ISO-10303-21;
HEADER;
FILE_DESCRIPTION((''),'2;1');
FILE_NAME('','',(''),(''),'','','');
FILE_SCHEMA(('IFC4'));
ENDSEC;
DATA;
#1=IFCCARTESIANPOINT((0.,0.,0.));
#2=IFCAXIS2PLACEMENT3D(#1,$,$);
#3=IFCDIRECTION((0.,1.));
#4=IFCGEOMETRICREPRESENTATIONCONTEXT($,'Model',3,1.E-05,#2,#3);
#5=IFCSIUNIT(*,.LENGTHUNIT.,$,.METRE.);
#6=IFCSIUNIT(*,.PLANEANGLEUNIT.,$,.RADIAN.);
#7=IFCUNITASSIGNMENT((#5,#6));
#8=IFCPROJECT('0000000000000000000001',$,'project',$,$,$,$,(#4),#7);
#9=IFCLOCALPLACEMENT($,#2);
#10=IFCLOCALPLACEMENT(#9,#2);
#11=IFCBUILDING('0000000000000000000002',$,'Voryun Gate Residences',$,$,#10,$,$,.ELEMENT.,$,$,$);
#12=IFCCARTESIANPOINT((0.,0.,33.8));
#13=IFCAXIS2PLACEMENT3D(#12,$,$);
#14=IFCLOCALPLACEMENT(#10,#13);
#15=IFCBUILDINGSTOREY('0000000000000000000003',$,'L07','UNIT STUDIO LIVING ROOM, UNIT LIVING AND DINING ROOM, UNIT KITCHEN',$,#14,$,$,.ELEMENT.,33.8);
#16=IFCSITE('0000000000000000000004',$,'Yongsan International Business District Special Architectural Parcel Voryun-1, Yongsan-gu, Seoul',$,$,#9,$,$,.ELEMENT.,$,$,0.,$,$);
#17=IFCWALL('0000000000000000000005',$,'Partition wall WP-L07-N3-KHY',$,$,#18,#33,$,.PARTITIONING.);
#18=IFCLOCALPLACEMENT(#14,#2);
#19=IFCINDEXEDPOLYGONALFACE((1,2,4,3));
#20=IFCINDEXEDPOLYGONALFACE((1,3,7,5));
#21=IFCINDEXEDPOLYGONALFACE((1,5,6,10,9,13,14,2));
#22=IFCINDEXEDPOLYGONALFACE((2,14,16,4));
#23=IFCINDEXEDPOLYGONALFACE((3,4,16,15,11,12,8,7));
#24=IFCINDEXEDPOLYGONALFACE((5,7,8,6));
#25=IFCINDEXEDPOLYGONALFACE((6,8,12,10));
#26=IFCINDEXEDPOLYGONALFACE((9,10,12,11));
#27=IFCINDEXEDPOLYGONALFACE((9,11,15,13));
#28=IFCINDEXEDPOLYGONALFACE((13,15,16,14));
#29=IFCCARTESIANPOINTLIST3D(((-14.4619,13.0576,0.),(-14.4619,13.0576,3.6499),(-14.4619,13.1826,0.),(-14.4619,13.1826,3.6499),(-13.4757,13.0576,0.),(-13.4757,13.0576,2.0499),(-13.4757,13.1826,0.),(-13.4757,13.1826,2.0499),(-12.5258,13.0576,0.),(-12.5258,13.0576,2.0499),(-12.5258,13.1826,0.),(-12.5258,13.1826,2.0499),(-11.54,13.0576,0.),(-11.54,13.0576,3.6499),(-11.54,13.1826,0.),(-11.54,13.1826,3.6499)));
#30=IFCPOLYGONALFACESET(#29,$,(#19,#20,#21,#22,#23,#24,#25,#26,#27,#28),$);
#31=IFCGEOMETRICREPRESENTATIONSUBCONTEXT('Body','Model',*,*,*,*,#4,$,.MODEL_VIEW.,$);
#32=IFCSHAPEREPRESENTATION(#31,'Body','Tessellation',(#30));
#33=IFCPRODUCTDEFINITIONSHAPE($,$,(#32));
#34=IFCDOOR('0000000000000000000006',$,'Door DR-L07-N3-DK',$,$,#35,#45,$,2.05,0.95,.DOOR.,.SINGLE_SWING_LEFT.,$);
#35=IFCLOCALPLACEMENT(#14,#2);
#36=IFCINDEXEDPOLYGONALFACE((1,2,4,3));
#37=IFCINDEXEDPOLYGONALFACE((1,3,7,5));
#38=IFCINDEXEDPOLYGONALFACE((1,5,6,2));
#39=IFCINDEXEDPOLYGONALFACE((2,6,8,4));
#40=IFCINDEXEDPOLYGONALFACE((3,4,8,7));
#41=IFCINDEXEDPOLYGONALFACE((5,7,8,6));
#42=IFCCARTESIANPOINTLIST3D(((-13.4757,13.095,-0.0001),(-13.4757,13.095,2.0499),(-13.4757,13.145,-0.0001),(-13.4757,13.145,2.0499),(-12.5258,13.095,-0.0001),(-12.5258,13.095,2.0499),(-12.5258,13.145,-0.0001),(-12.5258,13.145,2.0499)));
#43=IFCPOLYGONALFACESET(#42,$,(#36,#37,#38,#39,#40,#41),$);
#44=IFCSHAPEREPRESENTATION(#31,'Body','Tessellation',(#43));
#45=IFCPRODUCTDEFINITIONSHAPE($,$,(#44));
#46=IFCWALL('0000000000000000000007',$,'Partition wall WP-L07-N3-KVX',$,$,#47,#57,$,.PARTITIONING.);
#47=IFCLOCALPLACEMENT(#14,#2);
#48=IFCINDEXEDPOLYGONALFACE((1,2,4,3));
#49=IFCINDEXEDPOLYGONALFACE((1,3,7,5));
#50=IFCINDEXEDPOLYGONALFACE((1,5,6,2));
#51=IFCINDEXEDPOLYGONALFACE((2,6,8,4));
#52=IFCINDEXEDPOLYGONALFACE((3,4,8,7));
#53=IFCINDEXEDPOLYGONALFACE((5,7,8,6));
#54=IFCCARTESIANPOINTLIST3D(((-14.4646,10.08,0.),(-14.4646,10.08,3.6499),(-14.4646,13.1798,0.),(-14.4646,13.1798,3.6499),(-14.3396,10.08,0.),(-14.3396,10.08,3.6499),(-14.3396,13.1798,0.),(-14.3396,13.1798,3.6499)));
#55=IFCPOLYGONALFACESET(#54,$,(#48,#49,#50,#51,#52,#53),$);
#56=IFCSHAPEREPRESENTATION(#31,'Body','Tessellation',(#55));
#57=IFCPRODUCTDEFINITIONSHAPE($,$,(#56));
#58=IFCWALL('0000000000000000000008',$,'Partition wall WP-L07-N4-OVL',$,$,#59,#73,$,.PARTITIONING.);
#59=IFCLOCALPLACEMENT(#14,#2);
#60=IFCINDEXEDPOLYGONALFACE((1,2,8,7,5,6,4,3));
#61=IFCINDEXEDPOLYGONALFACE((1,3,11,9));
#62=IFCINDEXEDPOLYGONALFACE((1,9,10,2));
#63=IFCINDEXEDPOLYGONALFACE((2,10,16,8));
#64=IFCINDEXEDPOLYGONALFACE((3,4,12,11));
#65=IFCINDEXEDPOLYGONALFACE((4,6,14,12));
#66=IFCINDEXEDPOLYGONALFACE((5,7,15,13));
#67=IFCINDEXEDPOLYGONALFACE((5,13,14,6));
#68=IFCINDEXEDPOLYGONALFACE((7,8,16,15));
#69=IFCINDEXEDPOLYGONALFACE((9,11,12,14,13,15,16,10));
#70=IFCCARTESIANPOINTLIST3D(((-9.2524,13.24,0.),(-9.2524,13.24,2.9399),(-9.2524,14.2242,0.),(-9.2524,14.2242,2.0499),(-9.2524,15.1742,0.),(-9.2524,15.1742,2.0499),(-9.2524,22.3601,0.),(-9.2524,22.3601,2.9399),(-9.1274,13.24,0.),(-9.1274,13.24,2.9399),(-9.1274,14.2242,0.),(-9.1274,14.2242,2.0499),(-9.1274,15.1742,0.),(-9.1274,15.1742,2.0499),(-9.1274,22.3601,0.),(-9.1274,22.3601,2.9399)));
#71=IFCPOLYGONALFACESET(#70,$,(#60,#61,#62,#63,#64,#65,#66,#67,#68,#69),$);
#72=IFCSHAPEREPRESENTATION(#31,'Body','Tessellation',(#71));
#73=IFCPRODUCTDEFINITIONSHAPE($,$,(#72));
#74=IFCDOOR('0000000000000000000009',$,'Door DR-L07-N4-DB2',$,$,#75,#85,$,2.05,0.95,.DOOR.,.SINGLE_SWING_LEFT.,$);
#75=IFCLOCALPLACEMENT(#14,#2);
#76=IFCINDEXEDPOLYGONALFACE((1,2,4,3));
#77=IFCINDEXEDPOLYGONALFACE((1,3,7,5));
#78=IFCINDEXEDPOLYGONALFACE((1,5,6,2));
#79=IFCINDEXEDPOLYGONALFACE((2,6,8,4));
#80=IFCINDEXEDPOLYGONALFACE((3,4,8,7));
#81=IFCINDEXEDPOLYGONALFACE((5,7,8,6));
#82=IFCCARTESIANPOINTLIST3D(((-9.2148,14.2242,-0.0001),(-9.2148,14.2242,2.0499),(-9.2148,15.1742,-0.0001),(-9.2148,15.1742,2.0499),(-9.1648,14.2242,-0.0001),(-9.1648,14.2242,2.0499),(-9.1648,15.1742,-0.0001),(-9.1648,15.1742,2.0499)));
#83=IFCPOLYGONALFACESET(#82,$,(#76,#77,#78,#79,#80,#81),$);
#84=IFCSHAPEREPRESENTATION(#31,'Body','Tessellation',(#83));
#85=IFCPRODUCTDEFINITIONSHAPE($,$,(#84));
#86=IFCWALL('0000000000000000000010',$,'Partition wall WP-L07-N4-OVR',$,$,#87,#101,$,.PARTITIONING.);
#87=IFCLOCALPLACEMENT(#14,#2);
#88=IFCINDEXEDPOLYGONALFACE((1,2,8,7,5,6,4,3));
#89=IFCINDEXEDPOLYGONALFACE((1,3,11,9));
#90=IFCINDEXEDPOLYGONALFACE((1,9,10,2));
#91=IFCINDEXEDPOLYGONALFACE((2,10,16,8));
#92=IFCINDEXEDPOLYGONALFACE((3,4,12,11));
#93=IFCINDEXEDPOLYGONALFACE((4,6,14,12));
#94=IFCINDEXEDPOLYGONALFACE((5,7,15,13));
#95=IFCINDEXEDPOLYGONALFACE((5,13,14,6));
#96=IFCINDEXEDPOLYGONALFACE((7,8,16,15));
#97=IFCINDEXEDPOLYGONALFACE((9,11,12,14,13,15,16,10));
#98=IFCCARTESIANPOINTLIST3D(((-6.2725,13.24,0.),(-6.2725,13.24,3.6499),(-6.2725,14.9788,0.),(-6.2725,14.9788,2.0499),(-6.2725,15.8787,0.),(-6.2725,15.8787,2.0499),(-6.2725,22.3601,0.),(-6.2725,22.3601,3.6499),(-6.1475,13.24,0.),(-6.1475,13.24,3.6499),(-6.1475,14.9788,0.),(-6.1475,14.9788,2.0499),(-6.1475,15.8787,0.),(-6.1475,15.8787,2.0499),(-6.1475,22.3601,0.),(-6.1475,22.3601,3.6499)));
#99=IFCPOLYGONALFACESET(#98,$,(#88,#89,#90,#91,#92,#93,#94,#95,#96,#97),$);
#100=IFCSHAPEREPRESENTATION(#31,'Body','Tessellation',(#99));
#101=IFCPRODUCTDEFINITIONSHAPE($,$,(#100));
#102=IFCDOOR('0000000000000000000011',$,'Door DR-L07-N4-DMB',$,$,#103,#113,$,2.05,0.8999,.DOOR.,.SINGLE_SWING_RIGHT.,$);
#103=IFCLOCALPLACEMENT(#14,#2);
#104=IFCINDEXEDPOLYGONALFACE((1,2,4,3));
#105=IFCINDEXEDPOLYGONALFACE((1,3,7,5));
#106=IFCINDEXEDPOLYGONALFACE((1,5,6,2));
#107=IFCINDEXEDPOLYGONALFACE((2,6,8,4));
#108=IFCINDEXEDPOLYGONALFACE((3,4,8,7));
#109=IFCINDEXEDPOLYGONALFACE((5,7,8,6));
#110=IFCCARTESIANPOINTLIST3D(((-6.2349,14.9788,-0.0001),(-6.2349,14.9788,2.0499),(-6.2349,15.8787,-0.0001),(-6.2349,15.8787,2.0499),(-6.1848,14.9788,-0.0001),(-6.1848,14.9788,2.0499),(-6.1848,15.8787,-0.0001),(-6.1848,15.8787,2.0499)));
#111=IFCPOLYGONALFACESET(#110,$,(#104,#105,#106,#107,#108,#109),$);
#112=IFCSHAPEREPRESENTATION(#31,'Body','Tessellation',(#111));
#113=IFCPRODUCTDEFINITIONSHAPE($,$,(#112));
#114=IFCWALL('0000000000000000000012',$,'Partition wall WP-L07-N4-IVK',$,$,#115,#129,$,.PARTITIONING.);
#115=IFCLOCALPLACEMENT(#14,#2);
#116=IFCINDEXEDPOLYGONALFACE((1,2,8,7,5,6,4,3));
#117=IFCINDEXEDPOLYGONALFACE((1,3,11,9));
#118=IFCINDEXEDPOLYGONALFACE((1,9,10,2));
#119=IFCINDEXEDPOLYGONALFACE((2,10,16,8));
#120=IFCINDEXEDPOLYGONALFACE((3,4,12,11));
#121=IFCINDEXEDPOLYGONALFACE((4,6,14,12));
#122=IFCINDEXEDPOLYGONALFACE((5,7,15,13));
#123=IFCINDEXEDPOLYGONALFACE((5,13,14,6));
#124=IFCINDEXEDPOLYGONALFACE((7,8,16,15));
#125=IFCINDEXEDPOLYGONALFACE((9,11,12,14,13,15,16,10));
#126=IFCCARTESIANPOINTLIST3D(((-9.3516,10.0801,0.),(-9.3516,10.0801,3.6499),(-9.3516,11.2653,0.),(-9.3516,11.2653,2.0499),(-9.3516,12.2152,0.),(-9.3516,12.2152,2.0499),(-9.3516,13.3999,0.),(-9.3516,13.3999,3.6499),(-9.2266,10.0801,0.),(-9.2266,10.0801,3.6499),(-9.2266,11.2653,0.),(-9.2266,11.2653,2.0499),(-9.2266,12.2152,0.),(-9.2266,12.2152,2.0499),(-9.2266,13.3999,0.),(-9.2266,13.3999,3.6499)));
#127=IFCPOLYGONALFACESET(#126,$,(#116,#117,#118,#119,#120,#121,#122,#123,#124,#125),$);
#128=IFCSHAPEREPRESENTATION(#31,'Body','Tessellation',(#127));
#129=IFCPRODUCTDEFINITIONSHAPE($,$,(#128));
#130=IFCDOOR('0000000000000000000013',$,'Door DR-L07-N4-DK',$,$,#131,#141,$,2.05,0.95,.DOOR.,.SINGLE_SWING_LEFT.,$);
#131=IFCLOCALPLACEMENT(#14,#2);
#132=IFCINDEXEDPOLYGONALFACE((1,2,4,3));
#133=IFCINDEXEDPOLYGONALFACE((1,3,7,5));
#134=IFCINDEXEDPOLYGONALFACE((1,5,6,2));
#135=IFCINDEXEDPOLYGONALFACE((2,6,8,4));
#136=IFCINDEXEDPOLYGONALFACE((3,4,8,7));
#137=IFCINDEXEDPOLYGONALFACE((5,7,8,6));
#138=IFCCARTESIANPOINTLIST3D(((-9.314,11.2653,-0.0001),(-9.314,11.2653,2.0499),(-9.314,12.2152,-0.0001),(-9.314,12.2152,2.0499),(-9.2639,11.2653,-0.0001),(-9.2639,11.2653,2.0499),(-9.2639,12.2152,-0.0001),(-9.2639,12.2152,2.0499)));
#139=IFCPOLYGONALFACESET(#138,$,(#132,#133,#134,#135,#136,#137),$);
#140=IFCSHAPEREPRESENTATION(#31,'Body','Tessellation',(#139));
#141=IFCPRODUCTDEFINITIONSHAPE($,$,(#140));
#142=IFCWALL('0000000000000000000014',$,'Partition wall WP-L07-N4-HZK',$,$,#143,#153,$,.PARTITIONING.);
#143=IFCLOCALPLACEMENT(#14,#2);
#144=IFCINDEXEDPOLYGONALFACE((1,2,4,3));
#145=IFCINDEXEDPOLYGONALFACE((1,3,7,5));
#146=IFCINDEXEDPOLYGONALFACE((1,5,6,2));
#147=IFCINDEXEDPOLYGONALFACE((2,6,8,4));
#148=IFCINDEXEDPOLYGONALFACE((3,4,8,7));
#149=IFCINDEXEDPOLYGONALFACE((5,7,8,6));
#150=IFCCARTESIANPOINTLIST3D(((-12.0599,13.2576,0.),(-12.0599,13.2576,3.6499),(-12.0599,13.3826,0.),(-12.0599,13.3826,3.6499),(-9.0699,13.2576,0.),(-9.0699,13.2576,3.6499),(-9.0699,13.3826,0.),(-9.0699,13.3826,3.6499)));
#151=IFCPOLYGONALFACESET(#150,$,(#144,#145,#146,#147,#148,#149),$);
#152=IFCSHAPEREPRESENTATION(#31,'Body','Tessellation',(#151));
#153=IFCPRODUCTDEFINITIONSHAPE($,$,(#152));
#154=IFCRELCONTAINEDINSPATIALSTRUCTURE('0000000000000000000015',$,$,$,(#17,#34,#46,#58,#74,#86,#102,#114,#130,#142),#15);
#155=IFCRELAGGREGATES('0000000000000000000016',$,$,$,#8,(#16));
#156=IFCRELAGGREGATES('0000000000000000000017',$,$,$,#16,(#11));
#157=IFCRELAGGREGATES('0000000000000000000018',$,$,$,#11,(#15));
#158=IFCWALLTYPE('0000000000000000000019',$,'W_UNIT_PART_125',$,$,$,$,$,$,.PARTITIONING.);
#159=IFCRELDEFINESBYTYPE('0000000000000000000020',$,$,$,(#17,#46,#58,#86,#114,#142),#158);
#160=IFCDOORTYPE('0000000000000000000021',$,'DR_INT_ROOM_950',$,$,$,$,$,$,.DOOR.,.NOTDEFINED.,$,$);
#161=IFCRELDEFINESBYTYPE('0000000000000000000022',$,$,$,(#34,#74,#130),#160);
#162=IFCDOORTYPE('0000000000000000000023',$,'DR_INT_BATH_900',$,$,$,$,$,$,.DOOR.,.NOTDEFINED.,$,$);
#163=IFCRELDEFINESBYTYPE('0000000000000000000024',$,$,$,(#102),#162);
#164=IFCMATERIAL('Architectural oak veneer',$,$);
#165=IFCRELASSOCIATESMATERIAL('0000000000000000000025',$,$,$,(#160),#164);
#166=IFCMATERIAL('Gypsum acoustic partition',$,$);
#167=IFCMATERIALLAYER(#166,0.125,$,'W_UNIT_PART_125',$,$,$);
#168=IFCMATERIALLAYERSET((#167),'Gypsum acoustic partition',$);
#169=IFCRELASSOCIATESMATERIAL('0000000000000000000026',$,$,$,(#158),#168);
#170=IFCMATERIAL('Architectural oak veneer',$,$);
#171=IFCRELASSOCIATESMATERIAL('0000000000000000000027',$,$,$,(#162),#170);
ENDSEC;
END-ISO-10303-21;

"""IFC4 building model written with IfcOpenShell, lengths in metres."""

from ifc_helpers import new_model, si_unit, direction, frame, frame_2d, origin, place, context, subcontext, project, spatial, rectangle, extrude, material, layer, layer_set, type_object, element, fill, save


model = new_model("IFC4")

# Units and contexts
model_context = context("Model", 3, precision=1e-05, world=origin(), true_north=direction((0.0, 1.0)))
body_context = subcontext(model_context, "Body", "Model", "MODEL_VIEW")
ifc_project = project(units=[si_unit("LENGTHUNIT", "METRE"), si_unit("PLANEANGLEUNIT", "RADIAN")], contexts=[model_context])

# Site, building, storey
site_placement = place(None, origin())
site = spatial("IfcSite", under=ifc_project, at=site_placement, Name="Yongsan International Business District Special Architectural Parcel Voryun-1, Yongsan-gu, Seoul", CompositionType="ELEMENT", RefElevation=0.0)
building_placement = place(site_placement, origin())
building = spatial("IfcBuilding", under=site, at=building_placement, Name="Voryun Gate Residences", CompositionType="ELEMENT")
storey_placement = place(building_placement, frame((0.0, 0.0, 33.8)))
storey = spatial("IfcBuildingStorey", under=building, at=storey_placement, Name="L07", Description="UNIT STUDIO LIVING ROOM, UNIT LIVING AND DINING ROOM, UNIT KITCHEN", CompositionType="ELEMENT", Elevation=33.8)

# Shared definitions
ifc_material_1 = material(Name="Architectural oak veneer")
door_type_1 = type_object("IfcDoorType", Name="DR_INT_ROOM_950", OperationType="NOTDEFINED", PredefinedType="DOOR", material=ifc_material_1)

# Wall, opening, door
ifc_material_2 = material(Name="Gypsum acoustic partition")
ifc_layer_1 = layer(ifc_material_2, 0.125, Name="W_UNIT_PART_125")
ifc_layer_set_1 = layer_set([ifc_layer_1], Name="Gypsum acoustic partition")
wall_type_1 = type_object("IfcWallType", Name="W_UNIT_PART_125", PredefinedType="PARTITIONING", material=ifc_layer_set_1)
wall_1_placement = place(storey_placement, frame((-14.4619, 13.1201, 0.0), z_axis=(0.0, 0.0, 1.0), x_axis=(1.0, 0.0, 0.0)))
wall_1 = element("IfcWall", 1, at=wall_1_placement, inside=storey, type_object=wall_type_1, Name="Partition wall WP-L07-N3-KHY", PredefinedType="PARTITIONING", context=body_context, shape_type="SweptSolid", body=[
    extrude(rectangle(XDim=2.9219, YDim=0.125, at=frame_2d((1.4609, 0.0))), origin(), (0.0, 0.0, 1.0), 3.6499),
])
opening_1_placement = place(wall_1_placement, frame((0.9861, 0.0, 0.0)))
opening_1 = element("IfcOpeningElement", 2, at=opening_1_placement, cuts=wall_1, PredefinedType="OPENING", context=body_context, shape_type="SweptSolid", body=[
    extrude(rectangle(XDim=0.95, YDim=2.05, at=frame_2d((0.4751, 1.0249))), frame((0.0, 0.0725, 0.0), z_axis=(0.0, -1.0, 0.0), x_axis=(1.0, 0.0, 0.0)), (0.0, 0.0, 1.0), 0.145),
])
door_1_placement = place(opening_1_placement, origin())
door_1 = element("IfcDoor", 3, at=door_1_placement, inside=storey, type_object=door_type_1, Name="Door DR-L07-N3-DK", OperationType="SINGLE_SWING_LEFT", OverallHeight=2.05, OverallWidth=0.95, PredefinedType="DOOR", context=body_context, shape_type="SweptSolid", body=[
    extrude(rectangle(XDim=0.95, YDim=2.05, at=frame_2d((0.4751, 1.0249))), frame((0.0, 0.0249, 0.0), z_axis=(0.0, -1.0, 0.0), x_axis=(1.0, 0.0, 0.0)), (0.0, 0.0, 1.0), 0.05),
])
fill(opening_1, door_1)

# Wall
wall_2_placement = place(storey_placement, frame((-14.4021, 10.0801, 0.0), z_axis=(0.0, 0.0, 1.0), x_axis=(0.0, 1.0, 0.0)))
element("IfcWall", 4, at=wall_2_placement, inside=storey, type_object=wall_type_1, Name="Partition wall WP-L07-N3-KVX", PredefinedType="PARTITIONING", context=body_context, shape_type="SweptSolid", body=[
    extrude(rectangle(XDim=3.0999, YDim=0.125, at=frame_2d((1.5498, 0.0))), origin(), (0.0, 0.0, 1.0), 3.6499),
])

# Walls, openings, doors
wall_3_placement = place(storey_placement, frame((-9.1899, 13.24, 0.0), z_axis=(0.0, 0.0, 1.0), x_axis=(0.0, 1.0, 0.0)))
wall_3 = element("IfcWall", 5, at=wall_3_placement, inside=storey, type_object=wall_type_1, Name="Partition wall WP-L07-N4-OVL", PredefinedType="PARTITIONING", context=body_context, shape_type="SweptSolid", body=[
    extrude(rectangle(XDim=9.1201, YDim=0.125, at=frame_2d((4.5601, 0.0))), origin(), (0.0, 0.0, 1.0), 2.9399),
])
opening_2_placement = place(wall_3_placement, frame((0.9841, 0.0, 0.0)))
opening_2 = element("IfcOpeningElement", 6, at=opening_2_placement, cuts=wall_3, PredefinedType="OPENING", context=body_context, shape_type="SweptSolid", body=[
    extrude(rectangle(XDim=0.95, YDim=2.05, at=frame_2d((0.4751, 1.0249))), frame((0.0, 0.0725, 0.0), z_axis=(0.0, -1.0, 0.0), x_axis=(1.0, 0.0, 0.0)), (0.0, 0.0, 1.0), 0.145),
])
door_2_placement = place(opening_2_placement, origin())
door_2 = element("IfcDoor", 7, at=door_2_placement, inside=storey, type_object=door_type_1, Name="Door DR-L07-N4-DB2", OperationType="SINGLE_SWING_LEFT", OverallHeight=2.05, OverallWidth=0.95, PredefinedType="DOOR", context=body_context, shape_type="SweptSolid", body=[
    extrude(rectangle(XDim=0.95, YDim=2.05, at=frame_2d((0.4751, 1.0249))), frame((0.0, 0.0249, 0.0), z_axis=(0.0, -1.0, 0.0), x_axis=(1.0, 0.0, 0.0)), (0.0, 0.0, 1.0), 0.05),
])
fill(opening_2, door_2)
wall_4_placement = place(storey_placement, frame((-6.21, 13.24, 0.0), z_axis=(0.0, 0.0, 1.0), x_axis=(0.0, 1.0, 0.0)))
wall_4 = element("IfcWall", 8, at=wall_4_placement, inside=storey, type_object=wall_type_1, Name="Partition wall WP-L07-N4-OVR", PredefinedType="PARTITIONING", context=body_context, shape_type="SweptSolid", body=[
    extrude(rectangle(XDim=9.1201, YDim=0.125, at=frame_2d((4.5601, 0.0))), origin(), (0.0, 0.0, 1.0), 3.6499),
])
opening_3_placement = place(wall_4_placement, frame((1.7388, 0.0, 0.0)))
opening_3 = element("IfcOpeningElement", 9, at=opening_3_placement, cuts=wall_4, PredefinedType="OPENING", context=body_context, shape_type="SweptSolid", body=[
    extrude(rectangle(XDim=0.8999, YDim=2.05, at=frame_2d((0.45, 1.0249))), frame((0.0, 0.0725, 0.0), z_axis=(0.0, -1.0, 0.0), x_axis=(1.0, 0.0, 0.0)), (0.0, 0.0, 1.0), 0.145),
])
ifc_material_3 = material(Name="Architectural oak veneer")
door_type_2 = type_object("IfcDoorType", Name="DR_INT_BATH_900", OperationType="NOTDEFINED", PredefinedType="DOOR", material=ifc_material_3)
door_3_placement = place(opening_3_placement, origin())
door_3 = element("IfcDoor", 10, at=door_3_placement, inside=storey, type_object=door_type_2, Name="Door DR-L07-N4-DMB", OperationType="SINGLE_SWING_RIGHT", OverallHeight=2.05, OverallWidth=0.8999, PredefinedType="DOOR", context=body_context, shape_type="SweptSolid", body=[
    extrude(rectangle(XDim=0.8999, YDim=2.05, at=frame_2d((0.45, 1.0249))), frame((0.0, 0.0249, 0.0), z_axis=(0.0, -1.0, 0.0), x_axis=(1.0, 0.0, 0.0)), (0.0, 0.0, 1.0), 0.05),
])
fill(opening_3, door_3)
wall_5_placement = place(storey_placement, frame((-9.2891, 10.0801, 0.0), z_axis=(0.0, 0.0, 1.0), x_axis=(0.0, 1.0, 0.0)))
wall_5 = element("IfcWall", 11, at=wall_5_placement, inside=storey, type_object=wall_type_1, Name="Partition wall WP-L07-N4-IVK", PredefinedType="PARTITIONING", context=body_context, shape_type="SweptSolid", body=[
    extrude(rectangle(XDim=3.3198, YDim=0.125, at=frame_2d((1.6599, 0.0))), origin(), (0.0, 0.0, 1.0), 3.6499),
])
opening_4_placement = place(wall_5_placement, frame((1.1851, 0.0, 0.0)))
opening_4 = element("IfcOpeningElement", 12, at=opening_4_placement, cuts=wall_5, PredefinedType="OPENING", context=body_context, shape_type="SweptSolid", body=[
    extrude(rectangle(XDim=0.95, YDim=2.05, at=frame_2d((0.4751, 1.0249))), frame((0.0, 0.0725, 0.0), z_axis=(0.0, -1.0, 0.0), x_axis=(1.0, 0.0, 0.0)), (0.0, 0.0, 1.0), 0.145),
])
door_4_placement = place(opening_4_placement, origin())
door_4 = element("IfcDoor", 13, at=door_4_placement, inside=storey, type_object=door_type_1, Name="Door DR-L07-N4-DK", OperationType="SINGLE_SWING_LEFT", OverallHeight=2.05, OverallWidth=0.95, PredefinedType="DOOR", context=body_context, shape_type="SweptSolid", body=[
    extrude(rectangle(XDim=0.95, YDim=2.05, at=frame_2d((0.4751, 1.0249))), frame((0.0, 0.0249, 0.0), z_axis=(0.0, -1.0, 0.0), x_axis=(1.0, 0.0, 0.0)), (0.0, 0.0, 1.0), 0.05),
])
fill(opening_4, door_4)

# Wall
wall_6_placement = place(storey_placement, frame((-12.0601, 13.3201, 0.0), z_axis=(0.0, 0.0, 1.0), x_axis=(1.0, 0.0, 0.0)))
element("IfcWall", 14, at=wall_6_placement, inside=storey, type_object=wall_type_1, Name="Partition wall WP-L07-N4-HZK", PredefinedType="PARTITIONING", context=body_context, shape_type="SweptSolid", body=[
    extrude(rectangle(XDim=2.99, YDim=0.125, at=frame_2d((1.4951, 0.0))), origin(), (0.0, 0.0, 1.0), 3.6499),
])

save(model, "model.ifc")
